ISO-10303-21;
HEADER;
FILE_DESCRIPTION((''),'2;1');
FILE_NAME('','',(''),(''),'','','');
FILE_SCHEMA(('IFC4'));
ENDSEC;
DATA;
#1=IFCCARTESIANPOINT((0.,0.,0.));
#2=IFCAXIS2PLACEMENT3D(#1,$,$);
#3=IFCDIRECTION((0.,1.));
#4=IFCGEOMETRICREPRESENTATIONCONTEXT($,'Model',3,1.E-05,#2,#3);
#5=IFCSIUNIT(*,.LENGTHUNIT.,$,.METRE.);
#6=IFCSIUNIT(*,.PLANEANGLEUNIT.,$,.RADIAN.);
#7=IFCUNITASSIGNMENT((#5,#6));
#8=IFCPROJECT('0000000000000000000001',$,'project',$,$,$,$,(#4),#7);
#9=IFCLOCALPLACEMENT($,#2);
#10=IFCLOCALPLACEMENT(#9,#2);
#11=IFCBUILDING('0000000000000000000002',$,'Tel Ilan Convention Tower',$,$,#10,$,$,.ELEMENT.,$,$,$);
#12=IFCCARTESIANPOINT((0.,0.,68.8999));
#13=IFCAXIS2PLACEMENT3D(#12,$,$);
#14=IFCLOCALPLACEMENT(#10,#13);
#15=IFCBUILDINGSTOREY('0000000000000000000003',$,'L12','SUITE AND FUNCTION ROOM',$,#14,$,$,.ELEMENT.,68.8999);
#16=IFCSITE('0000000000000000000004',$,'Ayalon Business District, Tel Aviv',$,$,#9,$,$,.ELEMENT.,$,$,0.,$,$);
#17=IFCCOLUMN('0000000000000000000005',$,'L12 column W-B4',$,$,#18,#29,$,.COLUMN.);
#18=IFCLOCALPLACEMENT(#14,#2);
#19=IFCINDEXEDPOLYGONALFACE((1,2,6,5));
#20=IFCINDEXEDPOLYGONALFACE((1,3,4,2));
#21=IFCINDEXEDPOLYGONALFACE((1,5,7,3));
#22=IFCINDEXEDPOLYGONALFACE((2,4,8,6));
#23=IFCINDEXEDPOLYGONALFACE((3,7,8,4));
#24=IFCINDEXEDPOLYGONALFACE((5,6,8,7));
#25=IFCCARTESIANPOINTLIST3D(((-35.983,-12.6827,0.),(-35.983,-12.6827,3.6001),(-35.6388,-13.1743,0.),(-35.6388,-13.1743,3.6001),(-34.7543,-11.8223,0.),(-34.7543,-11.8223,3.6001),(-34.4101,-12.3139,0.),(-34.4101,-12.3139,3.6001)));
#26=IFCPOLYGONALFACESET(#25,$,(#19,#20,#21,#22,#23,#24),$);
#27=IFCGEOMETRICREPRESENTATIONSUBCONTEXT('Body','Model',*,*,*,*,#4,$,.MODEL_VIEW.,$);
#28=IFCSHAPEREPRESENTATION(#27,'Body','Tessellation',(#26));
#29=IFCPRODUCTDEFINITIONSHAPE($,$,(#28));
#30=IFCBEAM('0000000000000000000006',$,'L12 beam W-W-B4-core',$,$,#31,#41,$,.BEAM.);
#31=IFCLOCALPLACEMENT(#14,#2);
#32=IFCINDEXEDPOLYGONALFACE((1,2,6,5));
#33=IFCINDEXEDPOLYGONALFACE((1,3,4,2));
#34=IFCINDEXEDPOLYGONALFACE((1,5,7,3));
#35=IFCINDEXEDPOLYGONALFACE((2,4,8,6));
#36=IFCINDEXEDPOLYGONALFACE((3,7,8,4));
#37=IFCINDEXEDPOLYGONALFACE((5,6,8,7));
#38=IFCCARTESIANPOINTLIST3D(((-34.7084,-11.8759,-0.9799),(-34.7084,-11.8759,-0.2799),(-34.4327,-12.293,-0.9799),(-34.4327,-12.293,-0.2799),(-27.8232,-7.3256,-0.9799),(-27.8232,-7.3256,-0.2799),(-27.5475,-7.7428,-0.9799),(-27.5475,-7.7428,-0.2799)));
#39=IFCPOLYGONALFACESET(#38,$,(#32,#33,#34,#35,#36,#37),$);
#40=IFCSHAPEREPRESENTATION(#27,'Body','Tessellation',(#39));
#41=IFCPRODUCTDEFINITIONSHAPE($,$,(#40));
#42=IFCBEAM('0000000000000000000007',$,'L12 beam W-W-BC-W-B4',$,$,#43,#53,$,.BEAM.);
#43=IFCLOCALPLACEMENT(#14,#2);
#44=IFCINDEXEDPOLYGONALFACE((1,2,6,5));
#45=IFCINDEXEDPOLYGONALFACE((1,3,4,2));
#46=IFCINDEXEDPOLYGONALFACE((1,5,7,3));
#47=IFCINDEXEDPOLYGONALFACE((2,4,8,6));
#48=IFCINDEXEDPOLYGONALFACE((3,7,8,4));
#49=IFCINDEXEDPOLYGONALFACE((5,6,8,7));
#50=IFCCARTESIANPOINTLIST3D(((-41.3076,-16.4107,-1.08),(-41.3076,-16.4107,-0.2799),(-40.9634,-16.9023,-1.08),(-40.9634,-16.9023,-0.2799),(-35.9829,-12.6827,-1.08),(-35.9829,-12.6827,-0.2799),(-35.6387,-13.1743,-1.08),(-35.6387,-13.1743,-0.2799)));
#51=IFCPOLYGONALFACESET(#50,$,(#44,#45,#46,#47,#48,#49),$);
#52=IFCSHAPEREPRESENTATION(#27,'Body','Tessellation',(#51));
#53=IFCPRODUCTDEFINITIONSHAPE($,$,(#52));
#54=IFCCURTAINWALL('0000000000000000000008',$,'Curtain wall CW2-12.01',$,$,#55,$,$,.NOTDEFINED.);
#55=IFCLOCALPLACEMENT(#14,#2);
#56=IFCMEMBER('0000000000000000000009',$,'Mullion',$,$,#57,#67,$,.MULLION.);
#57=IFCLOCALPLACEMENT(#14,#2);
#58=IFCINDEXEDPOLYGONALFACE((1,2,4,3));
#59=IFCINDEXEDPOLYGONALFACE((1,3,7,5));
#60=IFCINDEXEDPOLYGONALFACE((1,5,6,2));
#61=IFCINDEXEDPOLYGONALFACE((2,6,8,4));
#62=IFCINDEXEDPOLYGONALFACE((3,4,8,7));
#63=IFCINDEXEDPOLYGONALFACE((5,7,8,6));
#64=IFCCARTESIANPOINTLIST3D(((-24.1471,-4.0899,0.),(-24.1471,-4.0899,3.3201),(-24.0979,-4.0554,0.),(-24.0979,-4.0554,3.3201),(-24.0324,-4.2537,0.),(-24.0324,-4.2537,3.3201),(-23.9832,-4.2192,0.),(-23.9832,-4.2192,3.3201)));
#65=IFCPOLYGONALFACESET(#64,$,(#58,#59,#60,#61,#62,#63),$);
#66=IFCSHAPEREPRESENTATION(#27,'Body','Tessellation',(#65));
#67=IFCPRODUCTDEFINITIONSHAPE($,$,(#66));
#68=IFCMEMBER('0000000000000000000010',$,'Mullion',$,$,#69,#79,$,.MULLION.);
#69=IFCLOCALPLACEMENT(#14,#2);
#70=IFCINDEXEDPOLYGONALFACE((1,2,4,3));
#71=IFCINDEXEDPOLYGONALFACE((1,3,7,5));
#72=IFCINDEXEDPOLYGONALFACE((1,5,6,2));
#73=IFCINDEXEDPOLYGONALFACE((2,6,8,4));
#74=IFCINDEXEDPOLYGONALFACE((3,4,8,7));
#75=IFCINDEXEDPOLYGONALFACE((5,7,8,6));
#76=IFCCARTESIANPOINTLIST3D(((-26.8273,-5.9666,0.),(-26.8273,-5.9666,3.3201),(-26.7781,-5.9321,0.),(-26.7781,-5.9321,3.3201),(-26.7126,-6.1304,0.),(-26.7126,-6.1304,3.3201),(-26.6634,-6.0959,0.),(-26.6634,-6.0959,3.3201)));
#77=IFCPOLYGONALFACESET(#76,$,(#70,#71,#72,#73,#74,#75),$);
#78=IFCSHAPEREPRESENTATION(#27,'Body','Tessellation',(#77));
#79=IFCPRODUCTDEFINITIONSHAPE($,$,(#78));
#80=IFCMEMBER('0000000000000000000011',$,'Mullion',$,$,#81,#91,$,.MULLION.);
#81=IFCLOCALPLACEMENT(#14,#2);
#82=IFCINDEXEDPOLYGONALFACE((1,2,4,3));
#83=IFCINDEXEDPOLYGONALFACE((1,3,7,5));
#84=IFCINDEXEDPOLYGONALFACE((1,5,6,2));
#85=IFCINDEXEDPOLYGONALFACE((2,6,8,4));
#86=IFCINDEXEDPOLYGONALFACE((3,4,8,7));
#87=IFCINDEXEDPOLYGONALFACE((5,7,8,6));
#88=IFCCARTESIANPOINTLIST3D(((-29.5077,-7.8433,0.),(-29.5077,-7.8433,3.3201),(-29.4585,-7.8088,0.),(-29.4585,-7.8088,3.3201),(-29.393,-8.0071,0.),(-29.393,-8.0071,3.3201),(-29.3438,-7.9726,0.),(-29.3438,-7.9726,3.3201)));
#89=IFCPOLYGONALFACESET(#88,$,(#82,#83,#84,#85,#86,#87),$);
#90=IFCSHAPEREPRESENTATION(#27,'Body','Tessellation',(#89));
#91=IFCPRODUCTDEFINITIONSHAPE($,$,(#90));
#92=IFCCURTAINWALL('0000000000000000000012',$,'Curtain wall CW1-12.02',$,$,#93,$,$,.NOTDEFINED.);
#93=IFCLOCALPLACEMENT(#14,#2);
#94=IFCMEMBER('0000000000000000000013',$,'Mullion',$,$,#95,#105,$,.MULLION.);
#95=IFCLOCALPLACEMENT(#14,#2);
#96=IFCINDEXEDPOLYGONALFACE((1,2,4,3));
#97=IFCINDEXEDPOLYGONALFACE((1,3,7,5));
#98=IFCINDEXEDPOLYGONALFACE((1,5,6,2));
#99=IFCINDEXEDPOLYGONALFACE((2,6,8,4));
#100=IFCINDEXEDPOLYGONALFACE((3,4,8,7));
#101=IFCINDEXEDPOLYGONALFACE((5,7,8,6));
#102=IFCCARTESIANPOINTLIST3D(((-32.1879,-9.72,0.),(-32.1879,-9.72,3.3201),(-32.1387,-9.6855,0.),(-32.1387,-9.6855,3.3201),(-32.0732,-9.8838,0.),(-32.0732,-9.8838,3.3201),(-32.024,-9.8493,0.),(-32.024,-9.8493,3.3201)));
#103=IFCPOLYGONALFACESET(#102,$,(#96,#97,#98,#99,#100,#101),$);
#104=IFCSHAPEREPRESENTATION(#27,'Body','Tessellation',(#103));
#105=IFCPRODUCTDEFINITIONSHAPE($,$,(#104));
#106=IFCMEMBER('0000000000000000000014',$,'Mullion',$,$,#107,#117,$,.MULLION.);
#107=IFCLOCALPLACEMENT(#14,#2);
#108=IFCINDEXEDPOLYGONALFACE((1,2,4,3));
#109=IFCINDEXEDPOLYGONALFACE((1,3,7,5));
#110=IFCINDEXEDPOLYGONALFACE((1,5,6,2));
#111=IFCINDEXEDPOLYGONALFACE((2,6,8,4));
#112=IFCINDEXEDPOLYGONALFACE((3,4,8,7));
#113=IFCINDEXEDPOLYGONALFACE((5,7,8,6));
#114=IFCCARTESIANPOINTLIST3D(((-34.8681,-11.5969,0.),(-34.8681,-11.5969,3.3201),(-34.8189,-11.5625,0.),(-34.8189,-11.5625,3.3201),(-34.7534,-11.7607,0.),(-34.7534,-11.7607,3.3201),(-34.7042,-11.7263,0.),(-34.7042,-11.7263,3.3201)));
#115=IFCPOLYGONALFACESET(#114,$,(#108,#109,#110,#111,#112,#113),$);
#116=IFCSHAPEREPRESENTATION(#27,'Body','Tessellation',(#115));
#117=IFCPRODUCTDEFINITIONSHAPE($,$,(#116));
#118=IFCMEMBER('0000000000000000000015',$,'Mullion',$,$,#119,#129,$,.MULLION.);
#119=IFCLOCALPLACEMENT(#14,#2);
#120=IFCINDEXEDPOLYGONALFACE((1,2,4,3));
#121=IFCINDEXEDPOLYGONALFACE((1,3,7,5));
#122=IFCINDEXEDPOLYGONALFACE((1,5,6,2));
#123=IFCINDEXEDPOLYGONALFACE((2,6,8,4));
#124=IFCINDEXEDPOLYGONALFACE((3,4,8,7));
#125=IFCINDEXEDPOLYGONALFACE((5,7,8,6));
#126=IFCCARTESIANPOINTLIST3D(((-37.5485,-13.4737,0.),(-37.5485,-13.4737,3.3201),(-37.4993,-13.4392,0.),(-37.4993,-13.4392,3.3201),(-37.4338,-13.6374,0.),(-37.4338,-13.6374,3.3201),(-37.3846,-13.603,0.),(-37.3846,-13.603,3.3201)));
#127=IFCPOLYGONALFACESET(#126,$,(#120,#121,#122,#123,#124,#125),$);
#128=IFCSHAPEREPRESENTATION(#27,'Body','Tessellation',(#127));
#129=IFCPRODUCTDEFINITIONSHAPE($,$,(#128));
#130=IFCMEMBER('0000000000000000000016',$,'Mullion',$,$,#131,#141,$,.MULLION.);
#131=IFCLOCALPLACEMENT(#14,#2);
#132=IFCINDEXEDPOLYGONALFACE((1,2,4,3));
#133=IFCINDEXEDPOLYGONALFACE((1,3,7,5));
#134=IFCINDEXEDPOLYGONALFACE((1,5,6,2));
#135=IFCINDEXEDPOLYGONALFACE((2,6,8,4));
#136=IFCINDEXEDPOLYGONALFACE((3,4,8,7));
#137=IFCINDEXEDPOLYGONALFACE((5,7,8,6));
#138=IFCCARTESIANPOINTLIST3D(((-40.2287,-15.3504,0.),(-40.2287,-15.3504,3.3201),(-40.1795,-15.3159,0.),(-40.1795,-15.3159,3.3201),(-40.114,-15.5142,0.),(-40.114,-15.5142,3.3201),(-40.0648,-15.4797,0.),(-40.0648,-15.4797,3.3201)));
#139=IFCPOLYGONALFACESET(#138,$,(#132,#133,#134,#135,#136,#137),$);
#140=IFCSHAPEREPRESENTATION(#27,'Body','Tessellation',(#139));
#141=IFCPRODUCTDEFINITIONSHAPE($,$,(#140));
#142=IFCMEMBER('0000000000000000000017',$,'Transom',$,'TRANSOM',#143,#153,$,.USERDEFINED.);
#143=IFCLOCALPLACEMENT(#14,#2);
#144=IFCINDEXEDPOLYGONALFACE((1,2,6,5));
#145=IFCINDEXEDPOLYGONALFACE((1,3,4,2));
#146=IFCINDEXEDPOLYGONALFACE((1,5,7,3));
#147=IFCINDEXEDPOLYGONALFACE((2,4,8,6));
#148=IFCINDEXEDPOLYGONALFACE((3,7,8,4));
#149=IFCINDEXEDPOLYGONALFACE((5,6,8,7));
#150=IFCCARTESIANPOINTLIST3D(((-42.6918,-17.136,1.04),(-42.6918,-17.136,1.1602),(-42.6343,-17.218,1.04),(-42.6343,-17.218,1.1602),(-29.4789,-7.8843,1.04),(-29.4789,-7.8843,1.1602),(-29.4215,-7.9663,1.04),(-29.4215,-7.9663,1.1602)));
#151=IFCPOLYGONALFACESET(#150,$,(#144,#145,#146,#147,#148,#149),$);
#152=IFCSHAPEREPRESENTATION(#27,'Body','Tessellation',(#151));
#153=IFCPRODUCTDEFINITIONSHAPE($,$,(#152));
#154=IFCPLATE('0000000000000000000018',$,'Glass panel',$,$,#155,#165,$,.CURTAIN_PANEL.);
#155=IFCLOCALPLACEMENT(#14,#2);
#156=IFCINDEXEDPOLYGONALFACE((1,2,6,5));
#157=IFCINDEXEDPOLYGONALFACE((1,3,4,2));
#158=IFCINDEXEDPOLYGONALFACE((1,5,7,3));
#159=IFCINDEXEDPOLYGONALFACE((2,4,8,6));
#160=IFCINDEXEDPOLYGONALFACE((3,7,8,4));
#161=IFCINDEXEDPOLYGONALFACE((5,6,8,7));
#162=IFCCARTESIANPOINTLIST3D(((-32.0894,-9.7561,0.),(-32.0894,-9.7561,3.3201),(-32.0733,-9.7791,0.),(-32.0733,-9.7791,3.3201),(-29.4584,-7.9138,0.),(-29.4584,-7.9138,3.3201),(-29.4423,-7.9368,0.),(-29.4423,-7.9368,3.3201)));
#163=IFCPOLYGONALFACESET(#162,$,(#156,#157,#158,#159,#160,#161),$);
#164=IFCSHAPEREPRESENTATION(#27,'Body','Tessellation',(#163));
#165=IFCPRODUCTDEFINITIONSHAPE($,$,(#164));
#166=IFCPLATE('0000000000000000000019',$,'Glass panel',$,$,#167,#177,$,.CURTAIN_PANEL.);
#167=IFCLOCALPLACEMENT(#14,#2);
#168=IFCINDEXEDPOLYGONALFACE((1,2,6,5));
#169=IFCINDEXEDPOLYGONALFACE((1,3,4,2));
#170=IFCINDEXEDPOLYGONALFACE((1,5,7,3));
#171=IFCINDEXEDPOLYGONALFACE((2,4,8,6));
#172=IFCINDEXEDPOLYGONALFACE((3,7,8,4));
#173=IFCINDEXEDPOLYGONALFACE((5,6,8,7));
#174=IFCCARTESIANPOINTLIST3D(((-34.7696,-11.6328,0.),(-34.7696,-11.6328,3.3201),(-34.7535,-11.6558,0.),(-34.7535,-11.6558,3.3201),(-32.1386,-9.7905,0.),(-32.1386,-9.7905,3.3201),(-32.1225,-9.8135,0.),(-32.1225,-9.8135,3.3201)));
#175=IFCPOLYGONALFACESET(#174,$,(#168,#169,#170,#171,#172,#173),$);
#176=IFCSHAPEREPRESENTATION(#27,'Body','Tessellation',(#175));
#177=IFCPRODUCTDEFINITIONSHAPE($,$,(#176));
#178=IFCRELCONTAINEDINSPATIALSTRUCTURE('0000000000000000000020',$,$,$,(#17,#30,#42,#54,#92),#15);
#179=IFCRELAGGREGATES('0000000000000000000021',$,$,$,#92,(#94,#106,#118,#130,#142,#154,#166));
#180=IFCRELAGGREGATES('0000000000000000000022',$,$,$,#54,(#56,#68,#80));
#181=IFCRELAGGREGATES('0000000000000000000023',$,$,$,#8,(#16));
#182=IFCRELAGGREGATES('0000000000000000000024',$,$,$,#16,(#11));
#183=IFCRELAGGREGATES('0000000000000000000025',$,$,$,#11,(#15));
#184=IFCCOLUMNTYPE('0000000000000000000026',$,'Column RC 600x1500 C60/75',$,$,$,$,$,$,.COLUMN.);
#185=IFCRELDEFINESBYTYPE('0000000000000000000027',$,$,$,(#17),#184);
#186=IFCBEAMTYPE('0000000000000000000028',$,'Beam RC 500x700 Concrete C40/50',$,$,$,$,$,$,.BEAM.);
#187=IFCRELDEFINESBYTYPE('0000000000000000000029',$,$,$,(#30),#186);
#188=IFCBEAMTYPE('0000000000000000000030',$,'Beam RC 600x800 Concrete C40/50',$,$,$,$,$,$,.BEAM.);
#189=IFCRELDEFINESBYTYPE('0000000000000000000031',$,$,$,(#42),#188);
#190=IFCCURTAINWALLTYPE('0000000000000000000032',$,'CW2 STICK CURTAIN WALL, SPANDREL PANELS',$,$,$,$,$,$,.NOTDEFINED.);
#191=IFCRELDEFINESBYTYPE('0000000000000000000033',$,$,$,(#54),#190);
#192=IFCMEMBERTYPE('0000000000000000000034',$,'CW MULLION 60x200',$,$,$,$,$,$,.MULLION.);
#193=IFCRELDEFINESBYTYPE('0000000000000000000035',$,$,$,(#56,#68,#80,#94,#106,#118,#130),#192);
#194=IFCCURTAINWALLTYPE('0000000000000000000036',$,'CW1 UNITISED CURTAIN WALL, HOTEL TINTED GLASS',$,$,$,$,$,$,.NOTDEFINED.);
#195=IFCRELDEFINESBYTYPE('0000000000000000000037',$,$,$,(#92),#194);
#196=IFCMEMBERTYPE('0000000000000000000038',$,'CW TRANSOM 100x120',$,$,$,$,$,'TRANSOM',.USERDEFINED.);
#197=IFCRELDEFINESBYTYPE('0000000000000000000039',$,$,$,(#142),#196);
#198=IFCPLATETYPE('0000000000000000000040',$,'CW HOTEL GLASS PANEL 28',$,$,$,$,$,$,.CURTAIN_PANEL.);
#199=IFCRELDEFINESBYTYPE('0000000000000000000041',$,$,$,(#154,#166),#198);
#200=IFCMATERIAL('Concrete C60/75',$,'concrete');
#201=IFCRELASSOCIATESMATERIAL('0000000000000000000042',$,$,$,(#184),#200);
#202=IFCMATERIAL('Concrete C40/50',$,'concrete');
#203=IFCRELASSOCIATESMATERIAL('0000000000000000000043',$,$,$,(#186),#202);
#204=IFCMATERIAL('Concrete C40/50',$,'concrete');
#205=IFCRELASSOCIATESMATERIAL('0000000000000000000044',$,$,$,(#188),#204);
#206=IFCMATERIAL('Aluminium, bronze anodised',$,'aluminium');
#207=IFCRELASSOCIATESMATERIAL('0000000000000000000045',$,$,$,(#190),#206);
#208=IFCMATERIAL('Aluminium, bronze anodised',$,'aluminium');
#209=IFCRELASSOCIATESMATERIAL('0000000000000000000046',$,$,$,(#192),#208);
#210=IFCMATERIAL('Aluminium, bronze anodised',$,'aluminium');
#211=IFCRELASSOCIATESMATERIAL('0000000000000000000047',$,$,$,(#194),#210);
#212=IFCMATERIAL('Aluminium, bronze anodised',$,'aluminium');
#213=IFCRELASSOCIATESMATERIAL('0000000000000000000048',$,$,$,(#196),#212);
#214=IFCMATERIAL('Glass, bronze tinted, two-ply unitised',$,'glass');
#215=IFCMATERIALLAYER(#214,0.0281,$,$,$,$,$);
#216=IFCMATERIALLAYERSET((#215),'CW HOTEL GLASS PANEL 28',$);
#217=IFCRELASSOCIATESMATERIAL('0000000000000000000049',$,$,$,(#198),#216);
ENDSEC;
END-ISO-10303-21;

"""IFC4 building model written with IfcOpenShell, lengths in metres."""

from ifc_helpers import new_model, si_unit, direction, frame, origin, origin_2d, place, context, subcontext, project, spatial, rectangle, extrude, material, layer, layer_set, material_profile, profile_set, type_object, element, aggregate, save


model = new_model("IFC4")

# Units and contexts
model_context = context("Model", 3, precision=1e-05, world=origin(), true_north=direction((0.0, 1.0)))
body_context = subcontext(model_context, "Body", "Model", "MODEL_VIEW")
ifc_project = project(units=[si_unit("LENGTHUNIT", "METRE"), si_unit("PLANEANGLEUNIT", "RADIAN")], contexts=[model_context])

# Site, building, storey
site_placement = place(None, origin())
site = spatial("IfcSite", under=ifc_project, at=site_placement, Name="Ayalon Business District, Tel Aviv", CompositionType="ELEMENT", RefElevation=0.0)
building_placement = place(site_placement, origin())
building = spatial("IfcBuilding", under=site, at=building_placement, Name="Tel Ilan Convention Tower", CompositionType="ELEMENT")
storey_placement = place(building_placement, frame((0.0, 0.0, 68.8999)))
storey = spatial("IfcBuildingStorey", under=building, at=storey_placement, Name="L12", Description="SUITE AND FUNCTION ROOM", CompositionType="ELEMENT", Elevation=68.8999)

# Column
ifc_material_1 = material(Name="Concrete C60/75", Category="concrete")
ifc_material_profile_1 = material_profile(ifc_material_1, rectangle(XDim=1.5, YDim=0.6001, at=origin_2d()), Name="RC 600x1500")
ifc_profile_set_1 = profile_set([ifc_material_profile_1], Name="Concrete C60/75")
column_type = type_object("IfcColumnType", Name="Column RC 600x1500 C60/75", PredefinedType="COLUMN", material=ifc_profile_set_1)
column_placement = place(storey_placement, frame((-35.1965, -12.4983, 0.0), z_axis=(0.0, 0.0, 1.0), x_axis=(-0.819152, -0.573576, 0.0)))
element("IfcColumn", 1, at=column_placement, inside=storey, type_object=column_type, Name="L12 column W-B4", PredefinedType="COLUMN", context=body_context, shape_type="SweptSolid", body=[
    extrude(rectangle(XDim=1.5, YDim=0.6001, at=origin_2d()), origin(), (0.0, 0.0, 1.0), 3.6001),
])

# Beams
ifc_material_2 = material(Name="Concrete C40/50", Category="concrete")
ifc_material_profile_2 = material_profile(ifc_material_2, rectangle(XDim=0.5, YDim=0.7, at=origin_2d()), Name="RC 500x700")
ifc_profile_set_2 = profile_set([ifc_material_profile_2], Name="Concrete C40/50")
beam_type_1 = type_object("IfcBeamType", Name="Beam RC 500x700 Concrete C40/50", PredefinedType="BEAM", material=ifc_profile_set_2)
beam_1_placement = place(storey_placement, frame((-34.5706, -12.0845, -0.6299), z_axis=(0.834274, 0.551351, 0.0), x_axis=(-0.551351, 0.834274, 0.0)))
element("IfcBeam", 2, at=beam_1_placement, inside=storey, type_object=beam_type_1, Name="L12 beam W-W-B4-core", PredefinedType="BEAM", context=body_context, shape_type="SweptSolid", body=[
    extrude(rectangle(XDim=0.5, YDim=0.7, at=origin_2d()), origin(), (0.0, 0.0, 1.0), 8.2529),
])
ifc_material_3 = material(Name="Concrete C40/50", Category="concrete")
ifc_material_profile_3 = material_profile(ifc_material_3, rectangle(XDim=0.6001, YDim=0.8, at=origin_2d()), Name="RC 600x800")
ifc_profile_set_3 = profile_set([ifc_material_profile_3], Name="Concrete C40/50")
beam_type_2 = type_object("IfcBeamType", Name="Beam RC 600x800 Concrete C40/50", PredefinedType="BEAM", material=ifc_profile_set_3)
beam_2_placement = place(storey_placement, frame((-41.1355, -16.6565, -0.6799), z_axis=(0.819179, 0.573538, 0.0), x_axis=(-0.573538, 0.819179, 0.0)))
element("IfcBeam", 3, at=beam_2_placement, inside=storey, type_object=beam_type_2, Name="L12 beam W-W-BC-W-B4", PredefinedType="BEAM", context=body_context, shape_type="SweptSolid", body=[
    extrude(rectangle(XDim=0.6001, YDim=0.8, at=origin_2d()), origin(), (0.0, 0.0, 1.0), 6.5),
])

# Curtain wall, members
ifc_material_4 = material(Name="Aluminium, bronze anodised", Category="aluminium")
curtain_wall_type_1 = type_object("IfcCurtainWallType", Name="CW2 STICK CURTAIN WALL, SPANDREL PANELS", PredefinedType="NOTDEFINED", material=ifc_material_4)
curtain_wall_1_placement = place(storey_placement, origin())
curtain_wall_1 = element("IfcCurtainWall", 4, at=curtain_wall_1_placement, inside=storey, type_object=curtain_wall_type_1, Name="Curtain wall CW2-12.01", PredefinedType="NOTDEFINED")
ifc_material_5 = material(Name="Aluminium, bronze anodised", Category="aluminium")
ifc_material_profile_4 = material_profile(ifc_material_5, rectangle(XDim=0.0601, YDim=0.2, at=origin_2d()), Name="CW MULLION 60x200")
ifc_profile_set_4 = profile_set([ifc_material_profile_4], Name="Aluminium, bronze anodised")
member_type_1 = type_object("IfcMemberType", Name="CW MULLION 60x200", PredefinedType="MULLION", material=ifc_profile_set_4)
member_1_placement = place(storey_placement, frame((-24.0652, -4.1545, 0.0), z_axis=(0.0, 0.0, 1.0), x_axis=(-0.819152, -0.573576, 0.0)))
member_1 = element("IfcMember", 5, at=member_1_placement, type_object=member_type_1, Name="Mullion", PredefinedType="MULLION", context=body_context, shape_type="SweptSolid", body=[
    extrude(rectangle(XDim=0.0601, YDim=0.2, at=origin_2d()), origin(), (0.0, 0.0, 1.0), 3.3201),
])
member_2_placement = place(storey_placement, frame((-26.7454, -6.0312, 0.0), z_axis=(0.0, 0.0, 1.0), x_axis=(-0.819152, -0.573576, 0.0)))
member_2 = element("IfcMember", 6, at=member_2_placement, type_object=member_type_1, Name="Mullion", PredefinedType="MULLION", context=body_context, shape_type="SweptSolid", body=[
    extrude(rectangle(XDim=0.0601, YDim=0.2, at=origin_2d()), origin(), (0.0, 0.0, 1.0), 3.3201),
])
member_3_placement = place(storey_placement, frame((-29.4258, -7.908, 0.0), z_axis=(0.0, 0.0, 1.0), x_axis=(-0.819152, -0.573576, 0.0)))
member_3 = element("IfcMember", 7, at=member_3_placement, type_object=member_type_1, Name="Mullion", PredefinedType="MULLION", context=body_context, shape_type="SweptSolid", body=[
    extrude(rectangle(XDim=0.0601, YDim=0.2, at=origin_2d()), origin(), (0.0, 0.0, 1.0), 3.3201),
])

# Curtain wall, members, plates
ifc_material_6 = material(Name="Aluminium, bronze anodised", Category="aluminium")
curtain_wall_type_2 = type_object("IfcCurtainWallType", Name="CW1 UNITISED CURTAIN WALL, HOTEL TINTED GLASS", PredefinedType="NOTDEFINED", material=ifc_material_6)
curtain_wall_2_placement = place(storey_placement, origin())
curtain_wall_2 = element("IfcCurtainWall", 8, at=curtain_wall_2_placement, inside=storey, type_object=curtain_wall_type_2, Name="Curtain wall CW1-12.02", PredefinedType="NOTDEFINED")
member_4_placement = place(storey_placement, frame((-32.106, -9.7847, 0.0), z_axis=(0.0, 0.0, 1.0), x_axis=(-0.819152, -0.573576, 0.0)))
member_4 = element("IfcMember", 9, at=member_4_placement, type_object=member_type_1, Name="Mullion", PredefinedType="MULLION", context=body_context, shape_type="SweptSolid", body=[
    extrude(rectangle(XDim=0.0601, YDim=0.2, at=origin_2d()), origin(), (0.0, 0.0, 1.0), 3.3201),
])
member_5_placement = place(storey_placement, frame((-34.7861, -11.6616, 0.0), z_axis=(0.0, 0.0, 1.0), x_axis=(-0.819152, -0.573576, 0.0)))
member_5 = element("IfcMember", 10, at=member_5_placement, type_object=member_type_1, Name="Mullion", PredefinedType="MULLION", context=body_context, shape_type="SweptSolid", body=[
    extrude(rectangle(XDim=0.0601, YDim=0.2, at=origin_2d()), origin(), (0.0, 0.0, 1.0), 3.3201),
])
member_6_placement = place(storey_placement, frame((-37.4666, -13.5383, 0.0), z_axis=(0.0, 0.0, 1.0), x_axis=(-0.819152, -0.573576, 0.0)))
member_6 = element("IfcMember", 11, at=member_6_placement, type_object=member_type_1, Name="Mullion", PredefinedType="MULLION", context=body_context, shape_type="SweptSolid", body=[
    extrude(rectangle(XDim=0.0601, YDim=0.2, at=origin_2d()), origin(), (0.0, 0.0, 1.0), 3.3201),
])
member_7_placement = place(storey_placement, frame((-40.1467, -15.415, 0.0), z_axis=(0.0, 0.0, 1.0), x_axis=(-0.819152, -0.573576, 0.0)))
member_7 = element("IfcMember", 12, at=member_7_placement, type_object=member_type_1, Name="Mullion", PredefinedType="MULLION", context=body_context, shape_type="SweptSolid", body=[
    extrude(rectangle(XDim=0.0601, YDim=0.2, at=origin_2d()), origin(), (0.0, 0.0, 1.0), 3.3201),
])
ifc_material_7 = material(Name="Aluminium, bronze anodised", Category="aluminium")
ifc_material_profile_5 = material_profile(ifc_material_7, rectangle(XDim=0.1001, YDim=0.1201, at=origin_2d()), Name="CW TRANSOM 100x120")
ifc_profile_set_5 = profile_set([ifc_material_profile_5], Name="Aluminium, bronze anodised")
member_type_2 = type_object("IfcMemberType", Name="CW TRANSOM 100x120", ElementType="TRANSOM", PredefinedType="USERDEFINED", material=ifc_profile_set_5)
member_8_placement = place(storey_placement, frame((-29.4502, -7.9253, 1.1001), z_axis=(-0.819154, -0.573574, 0.0), x_axis=(0.573574, -0.819154, 0.0)))
member_8 = element("IfcMember", 13, at=member_8_placement, type_object=member_type_2, Name="Transom", ObjectType="TRANSOM", PredefinedType="USERDEFINED", context=body_context, shape_type="SweptSolid", body=[
    extrude(rectangle(XDim=0.1001, YDim=0.1201, at=origin_2d()), origin(), (0.0, 0.0, 1.0), 16.1299),
])
ifc_material_8 = material(Name="Glass, bronze tinted, two-ply unitised", Category="glass")
ifc_layer_1 = layer(ifc_material_8, 0.0281)
ifc_layer_set_1 = layer_set([ifc_layer_1], Name="CW HOTEL GLASS PANEL 28")
plate_type_1 = type_object("IfcPlateType", Name="CW HOTEL GLASS PANEL 28", PredefinedType="CURTAIN_PANEL", material=ifc_layer_set_1)
plate_1_placement = place(storey_placement, frame((-30.7659, -8.8464, 0.0), z_axis=(0.0, 0.0, 1.0), x_axis=(-0.819152, -0.573576, 0.0)))
plate_1 = element("IfcPlate", 14, at=plate_1_placement, type_object=plate_type_1, Name="Glass panel", PredefinedType="CURTAIN_PANEL", context=body_context, shape_type="SweptSolid", body=[
    extrude(rectangle(XDim=3.2119, YDim=0.0281, at=origin_2d()), origin(), (0.0, 0.0, 1.0), 3.3201),
])
plate_2_placement = place(storey_placement, frame((-33.446, -10.7231, 0.0), z_axis=(0.0, 0.0, 1.0), x_axis=(-0.819152, -0.573576, 0.0)))
plate_2 = element("IfcPlate", 15, at=plate_2_placement, type_object=plate_type_1, Name="Glass panel", PredefinedType="CURTAIN_PANEL", context=body_context, shape_type="SweptSolid", body=[
    extrude(rectangle(XDim=3.2119, YDim=0.0281, at=origin_2d()), origin(), (0.0, 0.0, 1.0), 3.3201),
])
aggregate(curtain_wall_2, [member_4, member_5, member_6, member_7, member_8, plate_1, plate_2])

aggregate(curtain_wall_1, [member_1, member_2, member_3])

save(model, "model.ifc")
